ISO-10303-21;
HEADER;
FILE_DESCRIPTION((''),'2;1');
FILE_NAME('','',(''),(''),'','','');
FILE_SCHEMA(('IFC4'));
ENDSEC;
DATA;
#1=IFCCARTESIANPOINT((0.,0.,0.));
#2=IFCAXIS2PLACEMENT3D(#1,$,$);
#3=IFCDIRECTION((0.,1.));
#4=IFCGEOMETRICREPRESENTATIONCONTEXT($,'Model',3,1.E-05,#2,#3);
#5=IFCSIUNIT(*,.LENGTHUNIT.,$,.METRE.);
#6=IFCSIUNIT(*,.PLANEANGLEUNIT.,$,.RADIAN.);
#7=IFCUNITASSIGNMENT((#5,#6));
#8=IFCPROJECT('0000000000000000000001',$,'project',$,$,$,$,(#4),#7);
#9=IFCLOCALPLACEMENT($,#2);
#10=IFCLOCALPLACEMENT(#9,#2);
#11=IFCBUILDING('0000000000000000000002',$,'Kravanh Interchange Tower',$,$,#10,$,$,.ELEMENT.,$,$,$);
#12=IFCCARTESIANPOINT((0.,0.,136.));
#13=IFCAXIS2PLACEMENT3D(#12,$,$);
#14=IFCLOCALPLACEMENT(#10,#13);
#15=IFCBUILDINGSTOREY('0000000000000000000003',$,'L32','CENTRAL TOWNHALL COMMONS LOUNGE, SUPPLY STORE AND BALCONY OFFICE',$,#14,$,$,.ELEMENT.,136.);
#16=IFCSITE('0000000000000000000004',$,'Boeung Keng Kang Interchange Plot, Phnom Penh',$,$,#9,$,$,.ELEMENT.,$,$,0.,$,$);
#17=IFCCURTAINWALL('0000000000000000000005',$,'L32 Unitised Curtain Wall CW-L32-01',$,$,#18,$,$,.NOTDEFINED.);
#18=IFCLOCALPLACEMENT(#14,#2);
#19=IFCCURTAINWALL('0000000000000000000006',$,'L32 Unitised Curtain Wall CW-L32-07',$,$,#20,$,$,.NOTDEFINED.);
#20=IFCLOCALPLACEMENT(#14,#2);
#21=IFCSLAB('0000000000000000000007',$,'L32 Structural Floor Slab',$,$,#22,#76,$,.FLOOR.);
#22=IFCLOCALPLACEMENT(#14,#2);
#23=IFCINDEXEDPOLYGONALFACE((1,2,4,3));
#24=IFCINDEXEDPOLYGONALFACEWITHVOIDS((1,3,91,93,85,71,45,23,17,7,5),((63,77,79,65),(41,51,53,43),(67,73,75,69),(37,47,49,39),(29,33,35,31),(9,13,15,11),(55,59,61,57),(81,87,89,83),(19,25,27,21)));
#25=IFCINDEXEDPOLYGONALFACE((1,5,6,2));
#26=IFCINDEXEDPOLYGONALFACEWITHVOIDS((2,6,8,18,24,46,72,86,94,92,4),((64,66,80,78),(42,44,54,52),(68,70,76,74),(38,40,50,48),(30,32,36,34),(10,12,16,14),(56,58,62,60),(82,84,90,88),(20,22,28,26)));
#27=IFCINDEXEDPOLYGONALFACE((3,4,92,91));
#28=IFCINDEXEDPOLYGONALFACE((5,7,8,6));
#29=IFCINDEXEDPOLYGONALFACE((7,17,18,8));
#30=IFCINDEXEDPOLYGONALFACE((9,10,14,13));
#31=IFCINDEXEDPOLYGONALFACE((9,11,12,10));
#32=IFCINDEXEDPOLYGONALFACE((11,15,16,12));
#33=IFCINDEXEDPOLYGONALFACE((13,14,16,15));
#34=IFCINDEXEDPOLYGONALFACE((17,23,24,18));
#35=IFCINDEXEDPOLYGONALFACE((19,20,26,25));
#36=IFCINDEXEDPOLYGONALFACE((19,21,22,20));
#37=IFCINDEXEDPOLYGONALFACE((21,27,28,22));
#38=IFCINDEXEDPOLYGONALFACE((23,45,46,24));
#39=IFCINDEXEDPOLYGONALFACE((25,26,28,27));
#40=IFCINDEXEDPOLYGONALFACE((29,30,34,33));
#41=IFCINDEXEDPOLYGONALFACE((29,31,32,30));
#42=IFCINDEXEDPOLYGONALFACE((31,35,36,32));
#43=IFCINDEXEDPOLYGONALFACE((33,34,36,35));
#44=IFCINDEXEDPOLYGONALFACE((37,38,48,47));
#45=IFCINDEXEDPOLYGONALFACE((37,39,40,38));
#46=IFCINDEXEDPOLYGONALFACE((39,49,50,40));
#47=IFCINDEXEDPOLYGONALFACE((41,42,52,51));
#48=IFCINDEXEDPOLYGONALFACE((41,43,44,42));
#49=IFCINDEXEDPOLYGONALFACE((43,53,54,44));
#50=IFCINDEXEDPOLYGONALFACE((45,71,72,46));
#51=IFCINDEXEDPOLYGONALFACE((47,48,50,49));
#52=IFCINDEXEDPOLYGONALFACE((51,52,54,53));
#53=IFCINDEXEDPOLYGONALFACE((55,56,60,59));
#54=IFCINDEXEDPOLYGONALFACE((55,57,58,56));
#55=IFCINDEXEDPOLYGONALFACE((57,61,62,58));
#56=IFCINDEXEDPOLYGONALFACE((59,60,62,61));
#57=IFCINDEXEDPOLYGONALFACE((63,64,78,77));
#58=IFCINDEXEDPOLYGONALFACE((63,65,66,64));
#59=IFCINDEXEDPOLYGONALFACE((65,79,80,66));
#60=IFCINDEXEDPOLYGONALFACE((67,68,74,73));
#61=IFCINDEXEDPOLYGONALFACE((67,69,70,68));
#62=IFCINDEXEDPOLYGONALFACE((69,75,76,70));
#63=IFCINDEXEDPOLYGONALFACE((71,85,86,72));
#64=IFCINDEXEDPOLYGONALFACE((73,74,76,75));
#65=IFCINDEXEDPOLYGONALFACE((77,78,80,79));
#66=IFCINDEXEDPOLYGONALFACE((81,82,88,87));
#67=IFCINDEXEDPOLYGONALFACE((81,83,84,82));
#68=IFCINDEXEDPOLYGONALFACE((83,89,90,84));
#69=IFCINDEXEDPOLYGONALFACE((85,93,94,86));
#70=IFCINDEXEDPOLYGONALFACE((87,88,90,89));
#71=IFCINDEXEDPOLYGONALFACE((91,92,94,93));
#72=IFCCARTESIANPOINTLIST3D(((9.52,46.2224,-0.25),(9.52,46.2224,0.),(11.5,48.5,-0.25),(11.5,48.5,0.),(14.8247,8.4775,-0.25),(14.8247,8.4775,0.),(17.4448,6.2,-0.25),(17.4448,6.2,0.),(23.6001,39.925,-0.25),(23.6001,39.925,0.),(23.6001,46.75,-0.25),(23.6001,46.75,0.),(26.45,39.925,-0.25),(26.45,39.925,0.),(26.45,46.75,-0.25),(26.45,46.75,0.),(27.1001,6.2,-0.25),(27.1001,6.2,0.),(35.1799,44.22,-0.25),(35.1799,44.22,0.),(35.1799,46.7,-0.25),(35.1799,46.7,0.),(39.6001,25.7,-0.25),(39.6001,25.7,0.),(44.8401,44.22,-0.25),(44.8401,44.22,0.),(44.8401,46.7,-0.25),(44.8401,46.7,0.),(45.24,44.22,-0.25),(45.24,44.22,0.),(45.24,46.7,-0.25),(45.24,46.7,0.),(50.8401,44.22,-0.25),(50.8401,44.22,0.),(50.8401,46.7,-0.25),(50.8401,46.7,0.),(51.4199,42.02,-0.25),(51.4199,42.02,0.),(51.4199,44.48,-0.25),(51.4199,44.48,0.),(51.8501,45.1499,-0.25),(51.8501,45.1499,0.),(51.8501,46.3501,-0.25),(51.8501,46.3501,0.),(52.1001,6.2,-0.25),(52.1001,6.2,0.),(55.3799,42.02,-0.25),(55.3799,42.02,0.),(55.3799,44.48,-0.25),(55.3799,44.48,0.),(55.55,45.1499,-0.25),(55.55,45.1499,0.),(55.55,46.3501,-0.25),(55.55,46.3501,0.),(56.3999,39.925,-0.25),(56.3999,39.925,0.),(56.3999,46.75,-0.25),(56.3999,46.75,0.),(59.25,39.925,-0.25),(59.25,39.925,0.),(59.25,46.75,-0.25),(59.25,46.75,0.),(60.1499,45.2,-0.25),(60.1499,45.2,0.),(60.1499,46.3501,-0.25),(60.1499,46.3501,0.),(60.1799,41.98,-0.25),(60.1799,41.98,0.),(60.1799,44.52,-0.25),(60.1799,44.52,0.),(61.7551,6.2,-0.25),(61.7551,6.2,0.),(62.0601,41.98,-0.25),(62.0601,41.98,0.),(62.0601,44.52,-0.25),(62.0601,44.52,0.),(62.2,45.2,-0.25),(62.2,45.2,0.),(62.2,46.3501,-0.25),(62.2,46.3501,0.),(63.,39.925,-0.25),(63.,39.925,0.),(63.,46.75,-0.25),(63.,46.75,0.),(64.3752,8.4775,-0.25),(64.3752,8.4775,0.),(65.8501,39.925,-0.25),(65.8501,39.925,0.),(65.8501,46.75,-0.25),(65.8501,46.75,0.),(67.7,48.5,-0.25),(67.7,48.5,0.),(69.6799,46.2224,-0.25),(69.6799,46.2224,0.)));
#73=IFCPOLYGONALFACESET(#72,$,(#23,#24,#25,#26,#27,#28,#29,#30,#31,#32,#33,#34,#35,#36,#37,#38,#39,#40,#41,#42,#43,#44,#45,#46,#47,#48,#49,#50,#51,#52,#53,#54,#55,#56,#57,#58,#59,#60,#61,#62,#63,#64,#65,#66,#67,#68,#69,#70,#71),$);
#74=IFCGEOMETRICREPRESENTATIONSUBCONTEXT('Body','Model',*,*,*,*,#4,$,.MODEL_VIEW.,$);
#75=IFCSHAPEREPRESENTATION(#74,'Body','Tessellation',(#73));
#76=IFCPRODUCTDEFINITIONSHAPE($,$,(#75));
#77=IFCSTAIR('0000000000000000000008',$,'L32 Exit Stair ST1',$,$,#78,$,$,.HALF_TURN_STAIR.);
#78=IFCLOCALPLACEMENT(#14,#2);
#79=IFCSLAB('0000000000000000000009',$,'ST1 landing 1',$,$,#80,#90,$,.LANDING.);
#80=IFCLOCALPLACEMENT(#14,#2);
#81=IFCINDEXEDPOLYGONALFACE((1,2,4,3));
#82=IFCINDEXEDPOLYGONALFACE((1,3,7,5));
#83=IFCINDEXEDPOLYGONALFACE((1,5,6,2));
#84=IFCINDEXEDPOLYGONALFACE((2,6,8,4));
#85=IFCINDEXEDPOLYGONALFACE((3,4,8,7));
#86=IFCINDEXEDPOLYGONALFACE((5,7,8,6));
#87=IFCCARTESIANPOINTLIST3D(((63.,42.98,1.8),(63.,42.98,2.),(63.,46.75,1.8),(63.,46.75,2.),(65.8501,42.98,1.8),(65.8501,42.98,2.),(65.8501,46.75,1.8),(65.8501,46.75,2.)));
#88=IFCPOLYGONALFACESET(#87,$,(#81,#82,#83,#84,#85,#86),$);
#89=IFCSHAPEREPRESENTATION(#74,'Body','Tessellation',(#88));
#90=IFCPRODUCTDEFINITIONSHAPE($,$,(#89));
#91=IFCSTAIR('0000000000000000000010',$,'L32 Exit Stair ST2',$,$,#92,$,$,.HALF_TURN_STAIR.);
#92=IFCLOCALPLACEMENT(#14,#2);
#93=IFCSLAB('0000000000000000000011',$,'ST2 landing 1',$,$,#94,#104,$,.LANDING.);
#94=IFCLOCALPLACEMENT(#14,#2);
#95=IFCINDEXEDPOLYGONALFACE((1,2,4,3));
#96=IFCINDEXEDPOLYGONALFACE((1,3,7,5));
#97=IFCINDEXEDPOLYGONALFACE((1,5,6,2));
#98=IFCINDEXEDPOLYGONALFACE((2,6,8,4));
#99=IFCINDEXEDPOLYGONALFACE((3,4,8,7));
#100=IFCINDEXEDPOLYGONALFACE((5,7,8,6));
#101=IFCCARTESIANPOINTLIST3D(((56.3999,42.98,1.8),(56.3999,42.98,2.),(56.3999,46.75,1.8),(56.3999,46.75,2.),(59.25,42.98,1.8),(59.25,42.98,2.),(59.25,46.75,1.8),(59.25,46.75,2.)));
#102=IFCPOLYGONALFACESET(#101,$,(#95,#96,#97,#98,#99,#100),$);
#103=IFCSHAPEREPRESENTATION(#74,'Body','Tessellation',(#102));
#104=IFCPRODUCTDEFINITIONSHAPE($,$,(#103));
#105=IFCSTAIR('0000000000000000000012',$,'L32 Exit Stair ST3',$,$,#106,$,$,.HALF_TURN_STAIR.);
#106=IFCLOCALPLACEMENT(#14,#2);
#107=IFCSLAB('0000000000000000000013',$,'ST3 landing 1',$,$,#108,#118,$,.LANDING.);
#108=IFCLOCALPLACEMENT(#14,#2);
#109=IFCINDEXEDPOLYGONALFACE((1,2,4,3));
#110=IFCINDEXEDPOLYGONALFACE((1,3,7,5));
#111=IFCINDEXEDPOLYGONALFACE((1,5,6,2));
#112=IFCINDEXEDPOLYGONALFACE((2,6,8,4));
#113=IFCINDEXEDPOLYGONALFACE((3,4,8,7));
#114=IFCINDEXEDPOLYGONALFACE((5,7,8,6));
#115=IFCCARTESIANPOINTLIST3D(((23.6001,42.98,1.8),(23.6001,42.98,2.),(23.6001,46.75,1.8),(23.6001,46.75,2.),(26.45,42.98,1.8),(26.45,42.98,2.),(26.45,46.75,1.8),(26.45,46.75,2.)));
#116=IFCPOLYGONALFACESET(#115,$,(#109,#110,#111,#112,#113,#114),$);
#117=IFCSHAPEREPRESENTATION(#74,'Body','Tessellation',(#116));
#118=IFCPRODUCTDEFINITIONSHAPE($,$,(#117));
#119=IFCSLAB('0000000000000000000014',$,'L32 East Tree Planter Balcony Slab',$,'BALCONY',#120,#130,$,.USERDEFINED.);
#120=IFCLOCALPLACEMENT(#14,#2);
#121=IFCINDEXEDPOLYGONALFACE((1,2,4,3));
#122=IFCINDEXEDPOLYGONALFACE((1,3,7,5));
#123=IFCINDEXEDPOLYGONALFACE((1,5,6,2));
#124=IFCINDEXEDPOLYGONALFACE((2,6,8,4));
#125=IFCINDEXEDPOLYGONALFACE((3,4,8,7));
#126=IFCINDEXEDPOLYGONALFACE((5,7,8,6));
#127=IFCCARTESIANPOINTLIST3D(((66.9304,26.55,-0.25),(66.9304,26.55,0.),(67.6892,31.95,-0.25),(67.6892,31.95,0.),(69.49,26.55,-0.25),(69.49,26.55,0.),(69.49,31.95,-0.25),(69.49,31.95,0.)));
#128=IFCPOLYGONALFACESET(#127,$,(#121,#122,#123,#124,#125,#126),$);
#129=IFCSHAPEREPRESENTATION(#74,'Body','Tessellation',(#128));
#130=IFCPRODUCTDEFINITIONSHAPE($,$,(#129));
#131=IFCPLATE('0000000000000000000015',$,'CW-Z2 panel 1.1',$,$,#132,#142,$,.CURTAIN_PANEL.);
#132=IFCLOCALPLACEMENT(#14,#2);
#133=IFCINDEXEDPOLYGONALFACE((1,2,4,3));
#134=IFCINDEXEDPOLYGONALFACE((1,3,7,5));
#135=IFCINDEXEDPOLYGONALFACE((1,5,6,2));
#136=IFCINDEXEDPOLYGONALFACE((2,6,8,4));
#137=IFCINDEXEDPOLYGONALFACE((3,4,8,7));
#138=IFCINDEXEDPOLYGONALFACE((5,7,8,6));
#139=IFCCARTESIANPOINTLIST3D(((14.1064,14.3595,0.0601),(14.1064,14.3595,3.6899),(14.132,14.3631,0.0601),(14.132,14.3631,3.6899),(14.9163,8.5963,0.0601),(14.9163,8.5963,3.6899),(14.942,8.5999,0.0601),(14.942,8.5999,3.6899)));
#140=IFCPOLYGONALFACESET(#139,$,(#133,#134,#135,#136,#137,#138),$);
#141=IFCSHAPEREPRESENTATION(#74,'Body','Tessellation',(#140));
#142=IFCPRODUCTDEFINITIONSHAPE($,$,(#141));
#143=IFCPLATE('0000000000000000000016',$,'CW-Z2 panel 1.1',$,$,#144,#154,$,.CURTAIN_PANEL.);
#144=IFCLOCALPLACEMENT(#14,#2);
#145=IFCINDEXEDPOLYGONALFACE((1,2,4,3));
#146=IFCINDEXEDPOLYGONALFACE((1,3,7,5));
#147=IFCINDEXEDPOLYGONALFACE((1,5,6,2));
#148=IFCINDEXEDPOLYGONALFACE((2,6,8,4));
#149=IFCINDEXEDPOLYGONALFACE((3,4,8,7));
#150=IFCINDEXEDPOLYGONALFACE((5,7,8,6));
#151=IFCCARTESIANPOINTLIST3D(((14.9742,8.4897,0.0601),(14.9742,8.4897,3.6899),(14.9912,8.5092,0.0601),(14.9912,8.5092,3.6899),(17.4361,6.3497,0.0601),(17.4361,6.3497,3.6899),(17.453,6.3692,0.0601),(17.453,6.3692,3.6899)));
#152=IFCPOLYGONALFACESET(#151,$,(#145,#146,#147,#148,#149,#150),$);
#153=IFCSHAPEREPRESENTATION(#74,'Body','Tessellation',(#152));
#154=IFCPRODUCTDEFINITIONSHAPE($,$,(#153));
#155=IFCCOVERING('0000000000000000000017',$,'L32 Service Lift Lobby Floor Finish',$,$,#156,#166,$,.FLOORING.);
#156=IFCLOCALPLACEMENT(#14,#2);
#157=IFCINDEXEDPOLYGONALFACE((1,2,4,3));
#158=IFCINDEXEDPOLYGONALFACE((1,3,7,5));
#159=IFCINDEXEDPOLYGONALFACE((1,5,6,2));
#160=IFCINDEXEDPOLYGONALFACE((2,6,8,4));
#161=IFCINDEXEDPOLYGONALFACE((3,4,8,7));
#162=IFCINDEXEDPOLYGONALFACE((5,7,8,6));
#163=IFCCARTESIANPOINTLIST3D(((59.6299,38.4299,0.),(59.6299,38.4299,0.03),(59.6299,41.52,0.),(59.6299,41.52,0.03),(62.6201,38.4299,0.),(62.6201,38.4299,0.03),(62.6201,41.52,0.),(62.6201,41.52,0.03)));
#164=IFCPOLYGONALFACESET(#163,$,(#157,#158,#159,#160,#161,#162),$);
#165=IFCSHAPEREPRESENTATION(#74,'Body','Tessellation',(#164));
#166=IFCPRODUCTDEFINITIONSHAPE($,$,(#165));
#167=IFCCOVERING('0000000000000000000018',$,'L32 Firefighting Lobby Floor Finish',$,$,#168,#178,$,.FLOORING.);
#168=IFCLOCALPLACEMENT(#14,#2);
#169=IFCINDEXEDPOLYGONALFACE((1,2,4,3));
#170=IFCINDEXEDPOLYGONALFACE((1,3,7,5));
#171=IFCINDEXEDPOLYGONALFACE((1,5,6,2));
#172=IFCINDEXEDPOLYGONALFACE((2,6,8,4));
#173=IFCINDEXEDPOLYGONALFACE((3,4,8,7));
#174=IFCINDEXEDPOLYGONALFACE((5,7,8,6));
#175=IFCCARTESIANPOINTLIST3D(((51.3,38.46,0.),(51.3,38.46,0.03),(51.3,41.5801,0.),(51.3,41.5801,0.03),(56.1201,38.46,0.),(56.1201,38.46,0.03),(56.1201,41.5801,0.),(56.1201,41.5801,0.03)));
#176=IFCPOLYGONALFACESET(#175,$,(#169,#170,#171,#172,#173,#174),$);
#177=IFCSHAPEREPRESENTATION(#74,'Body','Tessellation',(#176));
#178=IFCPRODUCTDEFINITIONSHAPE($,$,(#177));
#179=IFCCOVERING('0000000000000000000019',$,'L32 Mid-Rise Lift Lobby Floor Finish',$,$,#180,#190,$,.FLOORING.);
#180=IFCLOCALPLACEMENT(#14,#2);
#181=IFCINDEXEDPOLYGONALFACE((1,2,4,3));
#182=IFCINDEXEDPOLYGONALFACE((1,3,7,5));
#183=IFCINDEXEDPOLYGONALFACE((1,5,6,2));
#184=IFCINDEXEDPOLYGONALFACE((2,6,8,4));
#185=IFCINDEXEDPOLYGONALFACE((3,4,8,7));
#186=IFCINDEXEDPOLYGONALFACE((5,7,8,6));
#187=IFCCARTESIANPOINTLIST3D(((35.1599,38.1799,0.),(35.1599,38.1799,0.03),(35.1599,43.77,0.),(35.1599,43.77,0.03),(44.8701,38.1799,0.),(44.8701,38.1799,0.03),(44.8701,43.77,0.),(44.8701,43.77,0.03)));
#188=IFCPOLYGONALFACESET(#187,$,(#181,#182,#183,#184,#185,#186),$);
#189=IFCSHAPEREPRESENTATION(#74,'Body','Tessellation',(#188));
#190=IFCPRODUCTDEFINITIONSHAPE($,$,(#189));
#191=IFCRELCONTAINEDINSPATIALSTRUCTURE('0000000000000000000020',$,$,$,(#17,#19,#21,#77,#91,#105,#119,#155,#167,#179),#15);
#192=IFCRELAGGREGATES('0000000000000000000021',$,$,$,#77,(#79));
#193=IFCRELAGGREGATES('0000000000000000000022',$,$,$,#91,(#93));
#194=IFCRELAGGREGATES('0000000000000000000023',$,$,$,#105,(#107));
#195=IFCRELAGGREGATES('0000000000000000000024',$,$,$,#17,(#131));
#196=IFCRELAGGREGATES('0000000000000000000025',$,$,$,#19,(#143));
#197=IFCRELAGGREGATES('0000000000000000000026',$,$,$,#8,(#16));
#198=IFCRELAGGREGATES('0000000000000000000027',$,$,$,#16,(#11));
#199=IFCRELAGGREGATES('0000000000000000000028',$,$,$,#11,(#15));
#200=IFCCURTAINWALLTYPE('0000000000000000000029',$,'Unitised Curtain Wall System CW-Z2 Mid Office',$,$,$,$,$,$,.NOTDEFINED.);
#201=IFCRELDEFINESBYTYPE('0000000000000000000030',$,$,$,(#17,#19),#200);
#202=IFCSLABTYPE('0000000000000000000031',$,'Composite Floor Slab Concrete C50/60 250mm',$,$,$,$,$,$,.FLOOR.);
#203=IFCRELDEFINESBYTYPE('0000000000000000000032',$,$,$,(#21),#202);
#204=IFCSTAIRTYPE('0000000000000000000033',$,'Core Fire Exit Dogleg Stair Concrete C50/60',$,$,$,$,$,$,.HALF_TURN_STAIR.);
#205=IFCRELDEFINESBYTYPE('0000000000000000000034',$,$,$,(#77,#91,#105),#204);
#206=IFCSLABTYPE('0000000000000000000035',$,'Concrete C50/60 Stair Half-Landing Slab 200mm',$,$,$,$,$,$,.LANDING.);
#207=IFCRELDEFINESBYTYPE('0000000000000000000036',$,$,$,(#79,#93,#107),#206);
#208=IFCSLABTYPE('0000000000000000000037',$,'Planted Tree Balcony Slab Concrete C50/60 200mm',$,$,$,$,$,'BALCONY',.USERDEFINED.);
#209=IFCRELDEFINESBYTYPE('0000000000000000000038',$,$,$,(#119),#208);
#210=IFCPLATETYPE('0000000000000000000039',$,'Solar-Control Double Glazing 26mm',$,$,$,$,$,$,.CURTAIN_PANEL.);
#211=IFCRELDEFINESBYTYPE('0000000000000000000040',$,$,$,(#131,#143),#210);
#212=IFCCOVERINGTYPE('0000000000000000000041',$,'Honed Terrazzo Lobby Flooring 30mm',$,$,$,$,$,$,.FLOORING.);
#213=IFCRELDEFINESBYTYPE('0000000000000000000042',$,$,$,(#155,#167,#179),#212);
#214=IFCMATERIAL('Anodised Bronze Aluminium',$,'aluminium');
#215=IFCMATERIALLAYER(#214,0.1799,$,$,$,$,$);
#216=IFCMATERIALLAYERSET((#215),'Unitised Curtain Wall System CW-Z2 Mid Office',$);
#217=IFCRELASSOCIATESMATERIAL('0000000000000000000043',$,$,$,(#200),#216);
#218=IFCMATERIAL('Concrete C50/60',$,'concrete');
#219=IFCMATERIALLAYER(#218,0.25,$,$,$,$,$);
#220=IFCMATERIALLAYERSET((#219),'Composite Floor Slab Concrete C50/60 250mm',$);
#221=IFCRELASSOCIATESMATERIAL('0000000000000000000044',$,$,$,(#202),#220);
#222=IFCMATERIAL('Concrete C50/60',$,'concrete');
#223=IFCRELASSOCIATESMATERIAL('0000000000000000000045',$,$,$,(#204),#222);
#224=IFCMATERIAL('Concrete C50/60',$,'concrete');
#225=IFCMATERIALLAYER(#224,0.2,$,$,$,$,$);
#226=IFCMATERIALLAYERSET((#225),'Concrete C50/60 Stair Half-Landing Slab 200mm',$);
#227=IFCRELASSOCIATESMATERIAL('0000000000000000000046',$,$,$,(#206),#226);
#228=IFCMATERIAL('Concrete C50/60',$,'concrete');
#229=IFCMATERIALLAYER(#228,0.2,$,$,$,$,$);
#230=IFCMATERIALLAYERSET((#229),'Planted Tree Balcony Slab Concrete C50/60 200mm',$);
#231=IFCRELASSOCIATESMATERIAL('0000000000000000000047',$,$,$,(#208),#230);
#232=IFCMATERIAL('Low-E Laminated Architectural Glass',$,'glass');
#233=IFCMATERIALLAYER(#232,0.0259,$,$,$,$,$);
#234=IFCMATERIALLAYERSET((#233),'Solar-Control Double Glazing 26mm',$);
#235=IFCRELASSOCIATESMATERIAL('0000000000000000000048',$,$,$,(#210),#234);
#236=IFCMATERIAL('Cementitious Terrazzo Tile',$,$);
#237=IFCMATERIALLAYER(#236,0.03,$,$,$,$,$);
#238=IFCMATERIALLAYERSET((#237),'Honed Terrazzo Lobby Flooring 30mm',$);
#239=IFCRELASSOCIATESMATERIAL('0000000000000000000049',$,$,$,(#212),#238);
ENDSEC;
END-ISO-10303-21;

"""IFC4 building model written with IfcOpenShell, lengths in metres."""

from ifc_helpers import new_model, si_unit, direction, frame, origin, origin_2d, place, context, subcontext, project, spatial, polyline, rectangle, outline, extrude, material, layer, layer_set, type_object, element, aggregate, save


model = new_model("IFC4")

# Units and contexts
model_context = context("Model", 3, precision=1e-05, world=origin(), true_north=direction((0.0, 1.0)))
body_context = subcontext(model_context, "Body", "Model", "MODEL_VIEW")
ifc_project = project(units=[si_unit("LENGTHUNIT", "METRE"), si_unit("PLANEANGLEUNIT", "RADIAN")], contexts=[model_context])

# Site, building, storey
site_placement = place(None, origin())
site = spatial("IfcSite", under=ifc_project, at=site_placement, Name="Boeung Keng Kang Interchange Plot, Phnom Penh", CompositionType="ELEMENT", RefElevation=0.0)
building_placement = place(site_placement, origin())
building = spatial("IfcBuilding", under=site, at=building_placement, Name="Kravanh Interchange Tower", CompositionType="ELEMENT")
storey_placement = place(building_placement, frame((0.0, 0.0, 136.0)))
storey = spatial("IfcBuildingStorey", under=building, at=storey_placement, Name="L32", Description="CENTRAL TOWNHALL COMMONS LOUNGE, SUPPLY STORE AND BALCONY OFFICE", CompositionType="ELEMENT", Elevation=136.0)

# Curtain walls
ifc_material_1 = material(Name="Anodised Bronze Aluminium", Category="aluminium")
ifc_layer_1 = layer(ifc_material_1, 0.1799)
ifc_layer_set_1 = layer_set([ifc_layer_1], Name="Unitised Curtain Wall System CW-Z2 Mid Office")
curtain_wall_type = type_object("IfcCurtainWallType", Name="Unitised Curtain Wall System CW-Z2 Mid Office", PredefinedType="NOTDEFINED", material=ifc_layer_set_1)
curtain_wall_1_placement = place(storey_placement, origin())
curtain_wall_1 = element("IfcCurtainWall", 1, at=curtain_wall_1_placement, inside=storey, type_object=curtain_wall_type, Name="L32 Unitised Curtain Wall CW-L32-01", PredefinedType="NOTDEFINED")
curtain_wall_2_placement = place(storey_placement, origin())
curtain_wall_2 = element("IfcCurtainWall", 2, at=curtain_wall_2_placement, inside=storey, type_object=curtain_wall_type, Name="L32 Unitised Curtain Wall CW-L32-07", PredefinedType="NOTDEFINED")

# Slab
ifc_material_2 = material(Name="Concrete C50/60", Category="concrete")
ifc_layer_2 = layer(ifc_material_2, 0.25)
ifc_layer_set_2 = layer_set([ifc_layer_2], Name="Composite Floor Slab Concrete C50/60 250mm")
slab_type_1 = type_object("IfcSlabType", Name="Composite Floor Slab Concrete C50/60 250mm", PredefinedType="FLOOR", material=ifc_layer_set_2)
slab_1_placement = place(storey_placement, frame((0.0, 0.0, -0.25)))
element("IfcSlab", 3, at=slab_1_placement, inside=storey, type_object=slab_type_1, Name="L32 Structural Floor Slab", PredefinedType="FLOOR", context=body_context, shape_type="SweptSolid", body=[
    extrude(outline(polyline([(14.8247, 8.4775), (17.4448, 6.2), (27.1001, 6.2), (39.6001, 25.7), (52.1001, 6.2), (61.7551, 6.2), (64.3752, 8.4775), (69.6799, 46.2224), (67.7, 48.5), (11.5, 48.5), (9.52, 46.2224), (14.8247, 8.4775)]), holes=[polyline([(65.8501, 39.925), (65.8501, 46.75), (63.0, 46.75), (63.0, 39.925), (65.8501, 39.925)]), polyline([(59.25, 39.925), (59.25, 46.75), (56.3999, 46.75), (56.3999, 39.925), (59.25, 39.925)]), polyline([(26.45, 39.925), (26.45, 46.75), (23.6001, 46.75), (23.6001, 39.925), (26.45, 39.925)]), polyline([(35.1799, 44.22), (44.8401, 44.22), (44.8401, 46.7), (35.1799, 46.7), (35.1799, 44.22)]), polyline([(45.24, 44.22), (50.8401, 44.22), (50.8401, 46.7), (45.24, 46.7), (45.24, 44.22)]), polyline([(51.4199, 42.02), (55.3799, 42.02), (55.3799, 44.48), (51.4199, 44.48), (51.4199, 42.02)]), polyline([(60.1799, 41.98), (62.0601, 41.98), (62.0601, 44.52), (60.1799, 44.52), (60.1799, 41.98)]), polyline([(60.1499, 45.2), (62.2, 45.2), (62.2, 46.3501), (60.1499, 46.3501), (60.1499, 45.2)]), polyline([(51.8501, 45.1499), (55.55, 45.1499), (55.55, 46.3501), (51.8501, 46.3501), (51.8501, 45.1499)])]), origin(), (0.0, 0.0, 1.0), 0.25),
])

# Stairs, slabs
ifc_material_3 = material(Name="Concrete C50/60", Category="concrete")
stair_type = type_object("IfcStairType", Name="Core Fire Exit Dogleg Stair Concrete C50/60", PredefinedType="HALF_TURN_STAIR", material=ifc_material_3)
stair_1_placement = place(storey_placement, origin())
stair_1 = element("IfcStair", 4, at=stair_1_placement, inside=storey, type_object=stair_type, Name="L32 Exit Stair ST1", PredefinedType="HALF_TURN_STAIR")
ifc_material_4 = material(Name="Concrete C50/60", Category="concrete")
ifc_layer_3 = layer(ifc_material_4, 0.2)
ifc_layer_set_3 = layer_set([ifc_layer_3], Name="Concrete C50/60 Stair Half-Landing Slab 200mm")
slab_type_2 = type_object("IfcSlabType", Name="Concrete C50/60 Stair Half-Landing Slab 200mm", PredefinedType="LANDING", material=ifc_layer_set_3)
slab_2_placement = place(storey_placement, frame((0.0, 0.0, 1.8)))
slab_2 = element("IfcSlab", 5, at=slab_2_placement, type_object=slab_type_2, Name="ST1 landing 1", PredefinedType="LANDING", context=body_context, shape_type="SweptSolid", body=[
    extrude(outline(polyline([(65.8501, 42.98), (65.8501, 46.75), (63.0, 46.75), (63.0, 42.98), (65.8501, 42.98)])), origin(), (0.0, 0.0, 1.0), 0.2),
])
aggregate(stair_1, [slab_2])
stair_2_placement = place(storey_placement, origin())
stair_2 = element("IfcStair", 6, at=stair_2_placement, inside=storey, type_object=stair_type, Name="L32 Exit Stair ST2", PredefinedType="HALF_TURN_STAIR")
slab_3_placement = place(storey_placement, frame((0.0, 0.0, 1.8)))
slab_3 = element("IfcSlab", 7, at=slab_3_placement, type_object=slab_type_2, Name="ST2 landing 1", PredefinedType="LANDING", context=body_context, shape_type="SweptSolid", body=[
    extrude(outline(polyline([(59.25, 42.98), (59.25, 46.75), (56.3999, 46.75), (56.3999, 42.98), (59.25, 42.98)])), origin(), (0.0, 0.0, 1.0), 0.2),
])
aggregate(stair_2, [slab_3])
stair_3_placement = place(storey_placement, origin())
stair_3 = element("IfcStair", 8, at=stair_3_placement, inside=storey, type_object=stair_type, Name="L32 Exit Stair ST3", PredefinedType="HALF_TURN_STAIR")
slab_4_placement = place(storey_placement, frame((0.0, 0.0, 1.8)))
slab_4 = element("IfcSlab", 9, at=slab_4_placement, type_object=slab_type_2, Name="ST3 landing 1", PredefinedType="LANDING", context=body_context, shape_type="SweptSolid", body=[
    extrude(outline(polyline([(26.45, 42.98), (26.45, 46.75), (23.6001, 46.75), (23.6001, 42.98), (26.45, 42.98)])), origin(), (0.0, 0.0, 1.0), 0.2),
])
aggregate(stair_3, [slab_4])

# Slab
ifc_material_5 = material(Name="Concrete C50/60", Category="concrete")
ifc_layer_4 = layer(ifc_material_5, 0.2)
ifc_layer_set_4 = layer_set([ifc_layer_4], Name="Planted Tree Balcony Slab Concrete C50/60 200mm")
slab_type_3 = type_object("IfcSlabType", Name="Planted Tree Balcony Slab Concrete C50/60 200mm", ElementType="BALCONY", PredefinedType="USERDEFINED", material=ifc_layer_set_4)
slab_5_placement = place(storey_placement, frame((0.0, 0.0, -0.25)))
element("IfcSlab", 10, at=slab_5_placement, inside=storey, type_object=slab_type_3, Name="L32 East Tree Planter Balcony Slab", ObjectType="BALCONY", PredefinedType="USERDEFINED", context=body_context, shape_type="SweptSolid", body=[
    extrude(outline(polyline([(69.49, 31.95), (69.49, 26.55), (66.9304, 26.55), (67.6892, 31.95), (69.49, 31.95)])), origin(), (0.0, 0.0, 1.0), 0.25),
])

# Plates
ifc_material_6 = material(Name="Low-E Laminated Architectural Glass", Category="glass")
ifc_layer_5 = layer(ifc_material_6, 0.0259)
ifc_layer_set_5 = layer_set([ifc_layer_5], Name="Solar-Control Double Glazing 26mm")
plate_type = type_object("IfcPlateType", Name="Solar-Control Double Glazing 26mm", PredefinedType="CURTAIN_PANEL", material=ifc_layer_set_5)
plate_1_placement = place(storey_placement, frame((14.5242, 11.4797, 0.0601), z_axis=(0.0, 0.0, 1.0), x_axis=(-0.139173, 0.990268, 0.0)))
plate_1 = element("IfcPlate", 11, at=plate_1_placement, type_object=plate_type, Name="CW-Z2 panel 1.1", PredefinedType="CURTAIN_PANEL", context=body_context, shape_type="SweptSolid", body=[
    extrude(rectangle(XDim=5.8198, YDim=0.0259, at=origin_2d()), origin(), (0.0, 0.0, 1.0), 3.6299),
])
aggregate(curtain_wall_1, [plate_1])
plate_2_placement = place(storey_placement, frame((16.2136, 7.4294, 0.0601), z_axis=(0.0, 0.0, 1.0), x_axis=(-0.754719, 0.656048, 0.0)))
plate_2 = element("IfcPlate", 12, at=plate_2_placement, type_object=plate_type, Name="CW-Z2 panel 1.1", PredefinedType="CURTAIN_PANEL", context=body_context, shape_type="SweptSolid", body=[
    extrude(rectangle(XDim=3.262, YDim=0.0259, at=origin_2d()), origin(), (0.0, 0.0, 1.0), 3.6299),
])
aggregate(curtain_wall_2, [plate_2])

# Coverings
ifc_material_7 = material(Name="Cementitious Terrazzo Tile")
ifc_layer_6 = layer(ifc_material_7, 0.03)
ifc_layer_set_6 = layer_set([ifc_layer_6], Name="Honed Terrazzo Lobby Flooring 30mm")
covering_type_1 = type_object("IfcCoveringType", Name="Honed Terrazzo Lobby Flooring 30mm", PredefinedType="FLOORING", material=ifc_layer_set_6)
covering_1_placement = place(storey_placement, origin())
element("IfcCovering", 13, at=covering_1_placement, inside=storey, type_object=covering_type_1, Name="L32 Service Lift Lobby Floor Finish", PredefinedType="FLOORING", context=body_context, shape_type="SweptSolid", body=[
    extrude(outline(polyline([(59.6299, 41.52), (62.6201, 41.52), (62.6201, 38.4299), (59.6299, 38.4299), (59.6299, 41.52)])), origin(), (0.0, 0.0, 1.0), 0.03),
])
covering_2_placement = place(storey_placement, origin())
element("IfcCovering", 14, at=covering_2_placement, inside=storey, type_object=covering_type_1, Name="L32 Firefighting Lobby Floor Finish", PredefinedType="FLOORING", context=body_context, shape_type="SweptSolid", body=[
    extrude(outline(polyline([(56.1201, 38.46), (51.3, 38.46), (51.3, 41.5801), (56.1201, 41.5801), (56.1201, 38.46)])), origin(), (0.0, 0.0, 1.0), 0.03),
])
covering_3_placement = place(storey_placement, origin())
element("IfcCovering", 15, at=covering_3_placement, inside=storey, type_object=covering_type_1, Name="L32 Mid-Rise Lift Lobby Floor Finish", PredefinedType="FLOORING", context=body_context, shape_type="SweptSolid", body=[
    extrude(outline(polyline([(35.1599, 43.77), (44.8701, 43.77), (44.8701, 38.1799), (35.1599, 38.1799), (35.1599, 43.77)])), origin(), (0.0, 0.0, 1.0), 0.03),
])

save(model, "model.ifc")
